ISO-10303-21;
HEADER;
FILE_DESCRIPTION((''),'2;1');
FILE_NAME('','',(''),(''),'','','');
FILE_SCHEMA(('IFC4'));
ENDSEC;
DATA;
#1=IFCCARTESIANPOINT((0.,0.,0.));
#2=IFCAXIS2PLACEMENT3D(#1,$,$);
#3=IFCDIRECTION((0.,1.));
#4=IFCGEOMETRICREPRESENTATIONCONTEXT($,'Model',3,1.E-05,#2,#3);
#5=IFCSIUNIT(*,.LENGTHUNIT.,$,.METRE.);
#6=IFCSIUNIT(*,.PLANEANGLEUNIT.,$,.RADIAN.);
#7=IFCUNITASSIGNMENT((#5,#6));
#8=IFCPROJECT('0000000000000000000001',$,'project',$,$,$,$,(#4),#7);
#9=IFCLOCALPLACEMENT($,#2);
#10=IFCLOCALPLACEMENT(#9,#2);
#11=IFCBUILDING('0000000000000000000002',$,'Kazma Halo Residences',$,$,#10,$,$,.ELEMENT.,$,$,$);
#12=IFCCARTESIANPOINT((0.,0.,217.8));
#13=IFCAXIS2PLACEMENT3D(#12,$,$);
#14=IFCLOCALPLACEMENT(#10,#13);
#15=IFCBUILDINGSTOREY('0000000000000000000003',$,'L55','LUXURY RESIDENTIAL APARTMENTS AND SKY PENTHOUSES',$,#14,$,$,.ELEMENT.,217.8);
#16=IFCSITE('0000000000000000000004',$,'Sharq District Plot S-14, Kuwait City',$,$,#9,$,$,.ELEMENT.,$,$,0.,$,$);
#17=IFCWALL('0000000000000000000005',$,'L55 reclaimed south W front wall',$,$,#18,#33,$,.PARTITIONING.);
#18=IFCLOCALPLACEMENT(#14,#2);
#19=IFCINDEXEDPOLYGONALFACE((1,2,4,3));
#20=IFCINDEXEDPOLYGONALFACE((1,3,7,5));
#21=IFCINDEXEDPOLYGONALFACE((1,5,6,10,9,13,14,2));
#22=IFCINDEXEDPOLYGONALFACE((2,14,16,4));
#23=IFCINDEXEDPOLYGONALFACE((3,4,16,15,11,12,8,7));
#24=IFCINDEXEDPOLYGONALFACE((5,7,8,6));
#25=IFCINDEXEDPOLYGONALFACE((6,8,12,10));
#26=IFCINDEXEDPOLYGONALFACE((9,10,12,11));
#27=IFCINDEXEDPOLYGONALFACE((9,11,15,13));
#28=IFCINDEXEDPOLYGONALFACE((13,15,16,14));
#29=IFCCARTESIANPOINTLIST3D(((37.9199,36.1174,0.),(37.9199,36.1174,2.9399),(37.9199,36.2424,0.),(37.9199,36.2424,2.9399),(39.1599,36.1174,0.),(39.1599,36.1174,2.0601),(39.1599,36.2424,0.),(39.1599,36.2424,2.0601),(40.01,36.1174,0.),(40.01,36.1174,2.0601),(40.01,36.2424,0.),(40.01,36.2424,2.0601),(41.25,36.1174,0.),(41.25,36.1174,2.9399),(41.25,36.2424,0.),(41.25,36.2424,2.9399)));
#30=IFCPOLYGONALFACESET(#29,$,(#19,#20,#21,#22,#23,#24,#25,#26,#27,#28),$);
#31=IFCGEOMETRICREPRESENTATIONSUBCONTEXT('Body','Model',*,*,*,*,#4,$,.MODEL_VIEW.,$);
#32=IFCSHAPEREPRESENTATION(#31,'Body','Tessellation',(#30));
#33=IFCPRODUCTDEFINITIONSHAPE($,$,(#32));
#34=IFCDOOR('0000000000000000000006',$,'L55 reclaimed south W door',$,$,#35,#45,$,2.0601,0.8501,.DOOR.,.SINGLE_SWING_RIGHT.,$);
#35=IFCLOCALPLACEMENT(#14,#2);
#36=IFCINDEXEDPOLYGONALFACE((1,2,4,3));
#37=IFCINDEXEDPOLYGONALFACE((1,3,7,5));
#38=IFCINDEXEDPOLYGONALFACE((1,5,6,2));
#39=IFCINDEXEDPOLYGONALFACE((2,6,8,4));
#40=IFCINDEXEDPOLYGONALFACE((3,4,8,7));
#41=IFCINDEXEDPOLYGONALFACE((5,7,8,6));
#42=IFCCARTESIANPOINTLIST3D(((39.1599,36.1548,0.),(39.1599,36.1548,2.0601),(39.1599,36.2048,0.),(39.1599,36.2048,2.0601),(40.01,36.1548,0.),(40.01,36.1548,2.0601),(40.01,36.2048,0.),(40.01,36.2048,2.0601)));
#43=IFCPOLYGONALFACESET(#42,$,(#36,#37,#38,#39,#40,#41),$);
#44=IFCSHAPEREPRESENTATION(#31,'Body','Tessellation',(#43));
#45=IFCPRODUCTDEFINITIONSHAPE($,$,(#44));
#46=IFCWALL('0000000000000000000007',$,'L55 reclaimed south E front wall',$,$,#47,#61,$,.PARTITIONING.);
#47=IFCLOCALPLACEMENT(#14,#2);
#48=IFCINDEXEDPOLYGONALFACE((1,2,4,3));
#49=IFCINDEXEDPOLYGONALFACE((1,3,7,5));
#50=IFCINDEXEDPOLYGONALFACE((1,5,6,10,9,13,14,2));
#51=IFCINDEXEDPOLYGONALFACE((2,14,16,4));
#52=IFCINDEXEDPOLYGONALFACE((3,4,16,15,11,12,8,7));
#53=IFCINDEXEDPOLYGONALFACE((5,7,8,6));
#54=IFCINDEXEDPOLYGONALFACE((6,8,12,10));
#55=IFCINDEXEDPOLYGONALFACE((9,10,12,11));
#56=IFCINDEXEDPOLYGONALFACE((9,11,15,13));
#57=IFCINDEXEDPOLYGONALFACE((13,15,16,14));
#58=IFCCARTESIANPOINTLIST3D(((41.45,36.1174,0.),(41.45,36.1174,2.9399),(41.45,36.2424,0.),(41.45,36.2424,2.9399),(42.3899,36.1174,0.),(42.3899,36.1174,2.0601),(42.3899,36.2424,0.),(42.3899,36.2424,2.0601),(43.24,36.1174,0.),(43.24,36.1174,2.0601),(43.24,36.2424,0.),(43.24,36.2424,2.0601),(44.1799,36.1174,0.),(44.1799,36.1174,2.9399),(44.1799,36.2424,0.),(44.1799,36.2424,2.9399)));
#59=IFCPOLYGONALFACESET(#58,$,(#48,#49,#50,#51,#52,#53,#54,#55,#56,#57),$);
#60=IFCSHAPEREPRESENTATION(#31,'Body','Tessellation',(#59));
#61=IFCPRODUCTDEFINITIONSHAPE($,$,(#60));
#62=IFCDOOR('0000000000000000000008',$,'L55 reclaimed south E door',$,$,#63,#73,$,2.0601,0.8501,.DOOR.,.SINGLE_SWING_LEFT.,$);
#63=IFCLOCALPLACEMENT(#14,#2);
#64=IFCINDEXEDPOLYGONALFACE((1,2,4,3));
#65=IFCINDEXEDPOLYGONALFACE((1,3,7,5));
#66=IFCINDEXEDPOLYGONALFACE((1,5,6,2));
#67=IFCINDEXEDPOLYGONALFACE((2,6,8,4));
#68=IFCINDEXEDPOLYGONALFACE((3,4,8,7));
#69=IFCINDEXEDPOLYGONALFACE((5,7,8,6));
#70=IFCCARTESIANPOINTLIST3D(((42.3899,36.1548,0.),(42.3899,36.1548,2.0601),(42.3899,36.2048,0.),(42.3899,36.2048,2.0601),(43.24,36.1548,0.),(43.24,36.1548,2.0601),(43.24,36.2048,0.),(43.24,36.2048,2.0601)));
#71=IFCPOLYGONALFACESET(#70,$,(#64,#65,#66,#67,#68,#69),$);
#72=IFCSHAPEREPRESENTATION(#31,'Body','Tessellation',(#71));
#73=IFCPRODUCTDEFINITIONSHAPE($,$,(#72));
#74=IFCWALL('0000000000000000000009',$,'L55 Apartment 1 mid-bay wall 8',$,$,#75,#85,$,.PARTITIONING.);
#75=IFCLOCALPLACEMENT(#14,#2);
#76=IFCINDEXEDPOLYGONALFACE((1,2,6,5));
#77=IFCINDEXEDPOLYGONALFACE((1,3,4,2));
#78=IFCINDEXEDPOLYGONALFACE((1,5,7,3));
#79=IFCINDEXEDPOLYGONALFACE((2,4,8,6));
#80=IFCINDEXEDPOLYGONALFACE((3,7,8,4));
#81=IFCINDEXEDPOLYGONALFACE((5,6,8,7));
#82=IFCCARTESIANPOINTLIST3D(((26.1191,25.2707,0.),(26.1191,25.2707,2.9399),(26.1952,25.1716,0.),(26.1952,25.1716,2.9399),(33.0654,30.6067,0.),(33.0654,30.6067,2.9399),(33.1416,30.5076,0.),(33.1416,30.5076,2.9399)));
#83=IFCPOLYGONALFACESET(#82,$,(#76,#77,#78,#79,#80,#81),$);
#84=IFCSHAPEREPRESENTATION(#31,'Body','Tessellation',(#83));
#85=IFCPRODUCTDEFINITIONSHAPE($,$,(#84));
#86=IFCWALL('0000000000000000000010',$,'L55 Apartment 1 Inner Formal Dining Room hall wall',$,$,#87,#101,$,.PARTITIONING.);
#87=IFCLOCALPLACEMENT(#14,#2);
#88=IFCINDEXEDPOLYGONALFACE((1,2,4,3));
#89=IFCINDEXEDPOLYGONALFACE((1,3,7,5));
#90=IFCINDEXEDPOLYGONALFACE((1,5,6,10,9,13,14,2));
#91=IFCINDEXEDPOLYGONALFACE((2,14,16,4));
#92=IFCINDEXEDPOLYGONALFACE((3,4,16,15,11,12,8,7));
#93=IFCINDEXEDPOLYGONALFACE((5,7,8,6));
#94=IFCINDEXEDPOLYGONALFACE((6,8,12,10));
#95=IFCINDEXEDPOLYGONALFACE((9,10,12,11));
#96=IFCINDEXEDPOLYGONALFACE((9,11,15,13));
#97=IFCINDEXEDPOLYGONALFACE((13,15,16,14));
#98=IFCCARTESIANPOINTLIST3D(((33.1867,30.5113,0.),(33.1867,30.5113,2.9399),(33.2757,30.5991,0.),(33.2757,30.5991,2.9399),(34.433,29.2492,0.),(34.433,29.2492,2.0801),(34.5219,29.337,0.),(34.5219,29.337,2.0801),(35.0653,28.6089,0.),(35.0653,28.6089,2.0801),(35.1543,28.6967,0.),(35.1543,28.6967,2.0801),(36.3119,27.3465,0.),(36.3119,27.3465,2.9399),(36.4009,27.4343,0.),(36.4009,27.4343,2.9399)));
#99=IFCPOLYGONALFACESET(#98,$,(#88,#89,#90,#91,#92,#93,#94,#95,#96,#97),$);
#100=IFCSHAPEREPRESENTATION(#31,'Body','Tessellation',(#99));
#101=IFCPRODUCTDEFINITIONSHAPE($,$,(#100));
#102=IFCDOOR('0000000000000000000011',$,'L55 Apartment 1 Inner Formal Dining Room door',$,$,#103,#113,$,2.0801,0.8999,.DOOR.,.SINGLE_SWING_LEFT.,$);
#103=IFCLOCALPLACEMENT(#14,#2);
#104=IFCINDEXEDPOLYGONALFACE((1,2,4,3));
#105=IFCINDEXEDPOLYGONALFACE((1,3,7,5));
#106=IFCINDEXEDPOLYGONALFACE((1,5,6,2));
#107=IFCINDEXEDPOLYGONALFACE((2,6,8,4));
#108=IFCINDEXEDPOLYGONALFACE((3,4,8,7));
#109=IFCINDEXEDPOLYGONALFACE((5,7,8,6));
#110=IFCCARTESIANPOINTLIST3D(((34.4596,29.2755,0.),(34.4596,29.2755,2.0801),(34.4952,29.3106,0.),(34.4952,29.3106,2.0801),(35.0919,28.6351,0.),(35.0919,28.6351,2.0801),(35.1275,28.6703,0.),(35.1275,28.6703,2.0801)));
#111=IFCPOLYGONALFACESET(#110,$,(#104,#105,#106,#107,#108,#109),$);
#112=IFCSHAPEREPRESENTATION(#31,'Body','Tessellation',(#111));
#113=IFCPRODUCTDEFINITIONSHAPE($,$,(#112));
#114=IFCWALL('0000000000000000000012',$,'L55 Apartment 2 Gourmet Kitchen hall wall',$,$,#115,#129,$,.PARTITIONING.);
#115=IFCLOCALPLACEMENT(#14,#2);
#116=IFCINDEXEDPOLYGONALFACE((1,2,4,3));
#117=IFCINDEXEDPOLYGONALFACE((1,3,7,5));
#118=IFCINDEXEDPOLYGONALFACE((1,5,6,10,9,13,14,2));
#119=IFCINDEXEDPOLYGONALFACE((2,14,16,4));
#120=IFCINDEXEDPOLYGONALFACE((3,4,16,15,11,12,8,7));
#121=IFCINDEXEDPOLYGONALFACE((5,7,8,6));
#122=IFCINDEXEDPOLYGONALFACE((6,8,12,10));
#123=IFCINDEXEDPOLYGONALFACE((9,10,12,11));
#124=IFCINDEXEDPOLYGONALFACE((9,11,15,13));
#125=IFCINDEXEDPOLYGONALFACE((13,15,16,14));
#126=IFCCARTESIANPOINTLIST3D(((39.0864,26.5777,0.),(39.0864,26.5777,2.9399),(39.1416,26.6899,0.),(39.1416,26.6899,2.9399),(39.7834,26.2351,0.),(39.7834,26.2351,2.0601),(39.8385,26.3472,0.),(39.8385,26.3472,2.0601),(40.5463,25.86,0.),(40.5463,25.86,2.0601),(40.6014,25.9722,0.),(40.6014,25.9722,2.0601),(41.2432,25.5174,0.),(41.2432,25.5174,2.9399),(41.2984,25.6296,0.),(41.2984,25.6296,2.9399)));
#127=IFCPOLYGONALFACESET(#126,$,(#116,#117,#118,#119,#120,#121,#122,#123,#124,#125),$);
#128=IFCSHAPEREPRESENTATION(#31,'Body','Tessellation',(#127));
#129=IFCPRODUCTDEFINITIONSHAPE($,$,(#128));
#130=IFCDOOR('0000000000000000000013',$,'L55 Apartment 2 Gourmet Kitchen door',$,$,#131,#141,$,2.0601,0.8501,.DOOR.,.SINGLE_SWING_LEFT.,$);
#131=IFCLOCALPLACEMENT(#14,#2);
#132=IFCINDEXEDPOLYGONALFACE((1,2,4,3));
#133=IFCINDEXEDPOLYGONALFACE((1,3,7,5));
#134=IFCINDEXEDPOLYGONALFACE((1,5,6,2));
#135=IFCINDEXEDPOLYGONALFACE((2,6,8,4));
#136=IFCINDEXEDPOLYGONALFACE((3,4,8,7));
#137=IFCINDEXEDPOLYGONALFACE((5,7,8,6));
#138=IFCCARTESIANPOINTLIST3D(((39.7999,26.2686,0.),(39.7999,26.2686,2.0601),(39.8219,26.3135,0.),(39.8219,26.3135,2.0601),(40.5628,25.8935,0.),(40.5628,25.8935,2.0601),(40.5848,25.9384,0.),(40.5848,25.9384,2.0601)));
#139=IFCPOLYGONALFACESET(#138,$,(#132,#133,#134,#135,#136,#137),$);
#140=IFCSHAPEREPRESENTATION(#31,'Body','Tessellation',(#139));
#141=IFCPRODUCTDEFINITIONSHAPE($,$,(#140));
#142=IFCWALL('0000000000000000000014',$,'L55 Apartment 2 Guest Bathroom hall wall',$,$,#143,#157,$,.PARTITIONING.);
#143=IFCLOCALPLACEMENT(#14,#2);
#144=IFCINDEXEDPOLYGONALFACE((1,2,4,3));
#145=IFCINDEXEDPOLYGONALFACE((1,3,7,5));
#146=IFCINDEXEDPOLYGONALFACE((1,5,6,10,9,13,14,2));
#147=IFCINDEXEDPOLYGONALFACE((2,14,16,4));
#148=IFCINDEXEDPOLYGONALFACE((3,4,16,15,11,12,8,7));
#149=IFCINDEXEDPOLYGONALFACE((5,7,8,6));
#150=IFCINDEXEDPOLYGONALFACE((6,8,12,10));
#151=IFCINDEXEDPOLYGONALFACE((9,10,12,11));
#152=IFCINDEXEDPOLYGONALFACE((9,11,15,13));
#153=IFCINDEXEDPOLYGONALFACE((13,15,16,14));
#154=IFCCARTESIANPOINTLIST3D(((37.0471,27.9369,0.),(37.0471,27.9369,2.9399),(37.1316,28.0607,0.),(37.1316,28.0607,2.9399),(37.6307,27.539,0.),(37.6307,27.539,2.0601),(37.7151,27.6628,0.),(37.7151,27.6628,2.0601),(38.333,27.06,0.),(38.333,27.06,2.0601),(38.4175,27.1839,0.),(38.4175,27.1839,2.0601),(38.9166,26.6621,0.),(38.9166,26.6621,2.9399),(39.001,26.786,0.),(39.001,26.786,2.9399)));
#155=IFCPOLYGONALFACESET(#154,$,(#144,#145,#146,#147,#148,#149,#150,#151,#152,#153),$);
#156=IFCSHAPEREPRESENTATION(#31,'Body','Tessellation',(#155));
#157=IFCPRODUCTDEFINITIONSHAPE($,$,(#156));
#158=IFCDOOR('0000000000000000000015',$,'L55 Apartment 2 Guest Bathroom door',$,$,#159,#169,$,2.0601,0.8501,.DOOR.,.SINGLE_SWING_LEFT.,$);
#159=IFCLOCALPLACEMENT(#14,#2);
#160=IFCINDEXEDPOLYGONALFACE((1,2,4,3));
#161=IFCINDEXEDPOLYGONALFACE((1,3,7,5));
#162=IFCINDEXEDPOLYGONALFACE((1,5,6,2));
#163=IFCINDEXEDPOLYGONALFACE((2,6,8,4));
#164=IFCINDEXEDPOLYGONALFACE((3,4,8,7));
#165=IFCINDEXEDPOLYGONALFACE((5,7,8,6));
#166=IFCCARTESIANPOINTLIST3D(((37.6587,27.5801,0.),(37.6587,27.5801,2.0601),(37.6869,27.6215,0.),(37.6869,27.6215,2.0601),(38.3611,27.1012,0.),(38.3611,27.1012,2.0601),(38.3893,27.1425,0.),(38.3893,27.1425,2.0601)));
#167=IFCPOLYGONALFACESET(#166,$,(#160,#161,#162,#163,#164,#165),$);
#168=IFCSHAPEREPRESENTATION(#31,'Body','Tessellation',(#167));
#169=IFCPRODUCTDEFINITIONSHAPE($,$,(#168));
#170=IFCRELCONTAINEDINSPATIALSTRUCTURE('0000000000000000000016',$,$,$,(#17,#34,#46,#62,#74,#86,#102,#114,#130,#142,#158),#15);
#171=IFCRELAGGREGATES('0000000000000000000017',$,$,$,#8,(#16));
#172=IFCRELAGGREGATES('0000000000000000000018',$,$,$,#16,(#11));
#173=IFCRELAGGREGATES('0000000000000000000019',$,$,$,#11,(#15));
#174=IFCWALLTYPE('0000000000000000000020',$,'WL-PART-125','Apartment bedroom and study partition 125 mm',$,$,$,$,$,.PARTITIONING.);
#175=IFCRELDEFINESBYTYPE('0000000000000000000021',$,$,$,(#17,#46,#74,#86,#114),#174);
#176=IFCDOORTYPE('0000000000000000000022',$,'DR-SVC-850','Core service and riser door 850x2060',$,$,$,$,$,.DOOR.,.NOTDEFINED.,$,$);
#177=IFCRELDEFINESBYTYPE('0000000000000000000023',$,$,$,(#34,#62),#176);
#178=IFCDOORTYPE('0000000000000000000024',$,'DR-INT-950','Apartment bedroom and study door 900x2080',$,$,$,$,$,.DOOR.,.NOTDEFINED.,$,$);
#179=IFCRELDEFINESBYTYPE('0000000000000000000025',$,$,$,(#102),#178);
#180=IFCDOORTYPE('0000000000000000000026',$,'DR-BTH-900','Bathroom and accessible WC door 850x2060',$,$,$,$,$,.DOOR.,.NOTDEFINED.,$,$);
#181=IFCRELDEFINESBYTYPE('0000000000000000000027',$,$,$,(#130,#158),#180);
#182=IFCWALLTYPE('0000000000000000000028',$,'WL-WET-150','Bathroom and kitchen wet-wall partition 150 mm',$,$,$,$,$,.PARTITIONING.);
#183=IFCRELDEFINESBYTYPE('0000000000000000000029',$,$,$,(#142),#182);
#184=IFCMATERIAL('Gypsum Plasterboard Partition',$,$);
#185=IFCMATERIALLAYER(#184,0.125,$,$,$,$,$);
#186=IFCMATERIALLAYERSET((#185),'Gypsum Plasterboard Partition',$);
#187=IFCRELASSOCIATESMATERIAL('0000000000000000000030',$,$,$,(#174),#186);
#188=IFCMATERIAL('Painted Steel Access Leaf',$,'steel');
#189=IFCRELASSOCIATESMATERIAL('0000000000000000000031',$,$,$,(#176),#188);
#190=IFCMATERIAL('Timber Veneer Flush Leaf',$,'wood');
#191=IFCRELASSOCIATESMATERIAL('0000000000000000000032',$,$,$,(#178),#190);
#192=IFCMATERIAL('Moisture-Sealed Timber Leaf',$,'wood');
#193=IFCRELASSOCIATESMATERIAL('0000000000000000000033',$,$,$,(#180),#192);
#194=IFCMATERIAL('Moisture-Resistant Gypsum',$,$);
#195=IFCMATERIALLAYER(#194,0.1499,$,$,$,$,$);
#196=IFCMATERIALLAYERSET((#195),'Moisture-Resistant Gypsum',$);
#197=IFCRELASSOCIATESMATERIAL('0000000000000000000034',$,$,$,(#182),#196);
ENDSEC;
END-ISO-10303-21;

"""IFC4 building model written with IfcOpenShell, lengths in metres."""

from ifc_helpers import new_model, si_unit, direction, frame, frame_2d, origin, place, context, subcontext, project, spatial, rectangle, extrude, material, layer, layer_set, type_object, element, fill, save


model = new_model("IFC4")

# Units and contexts
model_context = context("Model", 3, precision=1e-05, world=origin(), true_north=direction((0.0, 1.0)))
body_context = subcontext(model_context, "Body", "Model", "MODEL_VIEW")
ifc_project = project(units=[si_unit("LENGTHUNIT", "METRE"), si_unit("PLANEANGLEUNIT", "RADIAN")], contexts=[model_context])

# Site, building, storey
site_placement = place(None, origin())
site = spatial("IfcSite", under=ifc_project, at=site_placement, Name="Sharq District Plot S-14, Kuwait City", CompositionType="ELEMENT", RefElevation=0.0)
building_placement = place(site_placement, origin())
building = spatial("IfcBuilding", under=site, at=building_placement, Name="Kazma Halo Residences", CompositionType="ELEMENT")
storey_placement = place(building_placement, frame((0.0, 0.0, 217.8)))
storey = spatial("IfcBuildingStorey", under=building, at=storey_placement, Name="L55", Description="LUXURY RESIDENTIAL APARTMENTS AND SKY PENTHOUSES", CompositionType="ELEMENT", Elevation=217.8)

# Shared definitions
ifc_material_1 = material(Name="Gypsum Plasterboard Partition")
ifc_layer_1 = layer(ifc_material_1, 0.125)
ifc_layer_set_1 = layer_set([ifc_layer_1], Name="Gypsum Plasterboard Partition")
wall_type_1 = type_object("IfcWallType", Name="WL-PART-125", Description="Apartment bedroom and study partition 125 mm", PredefinedType="PARTITIONING", material=ifc_layer_set_1)

# Walls, openings, doors
wall_1_placement = place(storey_placement, frame((37.9199, 36.1799, 0.0), z_axis=(0.0, 0.0, 1.0), x_axis=(1.0, 0.0, 0.0)))
wall_1 = element("IfcWall", 1, at=wall_1_placement, inside=storey, type_object=wall_type_1, Name="L55 reclaimed south W front wall", PredefinedType="PARTITIONING", context=body_context, shape_type="SweptSolid", body=[
    extrude(rectangle(XDim=3.3301, YDim=0.125, at=frame_2d((1.665, 0.0))), origin(), (0.0, 0.0, 1.0), 2.9399),
])
opening_1_placement = place(wall_1_placement, frame((1.24, 0.0, 0.0)))
opening_1 = element("IfcOpeningElement", 2, at=opening_1_placement, cuts=wall_1, PredefinedType="OPENING", context=body_context, shape_type="SweptSolid", body=[
    extrude(rectangle(XDim=0.8501, YDim=2.0601, at=frame_2d((0.425, 1.03))), frame((0.0, 0.0725, 0.0), z_axis=(0.0, -1.0, 0.0), x_axis=(1.0, 0.0, 0.0)), (0.0, 0.0, 1.0), 0.145),
])
ifc_material_2 = material(Name="Painted Steel Access Leaf", Category="steel")
door_type_1 = type_object("IfcDoorType", Name="DR-SVC-850", Description="Core service and riser door 850x2060", OperationType="NOTDEFINED", PredefinedType="DOOR", material=ifc_material_2)
door_1_placement = place(opening_1_placement, origin())
door_1 = element("IfcDoor", 3, at=door_1_placement, inside=storey, type_object=door_type_1, Name="L55 reclaimed south W door", OperationType="SINGLE_SWING_RIGHT", OverallHeight=2.0601, OverallWidth=0.8501, PredefinedType="DOOR", context=body_context, shape_type="SweptSolid", body=[
    extrude(rectangle(XDim=0.8501, YDim=2.0601, at=frame_2d((0.425, 1.03))), frame((0.0, 0.0249, 0.0), z_axis=(0.0, -1.0, 0.0), x_axis=(1.0, 0.0, 0.0)), (0.0, 0.0, 1.0), 0.05),
])
fill(opening_1, door_1)
wall_2_placement = place(storey_placement, frame((41.45, 36.1799, 0.0), z_axis=(0.0, 0.0, 1.0), x_axis=(1.0, 0.0, 0.0)))
wall_2 = element("IfcWall", 4, at=wall_2_placement, inside=storey, type_object=wall_type_1, Name="L55 reclaimed south E front wall", PredefinedType="PARTITIONING", context=body_context, shape_type="SweptSolid", body=[
    extrude(rectangle(XDim=2.73, YDim=0.125, at=frame_2d((1.365, 0.0))), origin(), (0.0, 0.0, 1.0), 2.9399),
])
opening_2_placement = place(wall_2_placement, frame((0.9399, 0.0, 0.0)))
opening_2 = element("IfcOpeningElement", 5, at=opening_2_placement, cuts=wall_2, PredefinedType="OPENING", context=body_context, shape_type="SweptSolid", body=[
    extrude(rectangle(XDim=0.8501, YDim=2.0601, at=frame_2d((0.425, 1.03))), frame((0.0, 0.0725, 0.0), z_axis=(0.0, -1.0, 0.0), x_axis=(1.0, 0.0, 0.0)), (0.0, 0.0, 1.0), 0.145),
])
door_2_placement = place(opening_2_placement, origin())
door_2 = element("IfcDoor", 6, at=door_2_placement, inside=storey, type_object=door_type_1, Name="L55 reclaimed south E door", OperationType="SINGLE_SWING_LEFT", OverallHeight=2.0601, OverallWidth=0.8501, PredefinedType="DOOR", context=body_context, shape_type="SweptSolid", body=[
    extrude(rectangle(XDim=0.8501, YDim=2.0601, at=frame_2d((0.425, 1.03))), frame((0.0, 0.0249, 0.0), z_axis=(0.0, -1.0, 0.0), x_axis=(1.0, 0.0, 0.0)), (0.0, 0.0, 1.0), 0.05),
])
fill(opening_2, door_2)

# Wall
wall_3_placement = place(storey_placement, frame((33.1035, 30.5571, 0.0), z_axis=(0.0, 0.0, 1.0), x_axis=(-0.79303, -0.609183, 0.0)))
element("IfcWall", 7, at=wall_3_placement, inside=storey, type_object=wall_type_1, Name="L55 Apartment 1 mid-bay wall 8", PredefinedType="PARTITIONING", context=body_context, shape_type="SweptSolid", body=[
    extrude(rectangle(XDim=8.7593, YDim=0.125, at=frame_2d((4.3796, 0.0))), origin(), (0.0, 0.0, 1.0), 2.9399),
])

# Walls, openings, doors
wall_4_placement = place(storey_placement, frame((33.2312, 30.5552, 0.0), z_axis=(0.0, 0.0, 1.0), x_axis=(0.702647, -0.711539, 0.0)))
wall_4 = element("IfcWall", 8, at=wall_4_placement, inside=storey, type_object=wall_type_1, Name="L55 Apartment 1 Inner Formal Dining Room hall wall", PredefinedType="PARTITIONING", context=body_context, shape_type="SweptSolid", body=[
    extrude(rectangle(XDim=4.4478, YDim=0.125, at=frame_2d((2.2239, 0.0))), origin(), (0.0, 0.0, 1.0), 2.9399),
])
opening_3_placement = place(wall_4_placement, frame((1.7737, 0.0, 0.0)))
opening_3 = element("IfcOpeningElement", 9, at=opening_3_placement, cuts=wall_4, PredefinedType="OPENING", context=body_context, shape_type="SweptSolid", body=[
    extrude(rectangle(XDim=0.8999, YDim=2.0801, at=frame_2d((0.45, 1.04))), frame((0.0, 0.0725, 0.0), z_axis=(0.0, -1.0, 0.0), x_axis=(1.0, 0.0, 0.0)), (0.0, 0.0, 1.0), 0.145),
])
ifc_material_3 = material(Name="Timber Veneer Flush Leaf", Category="wood")
door_type_2 = type_object("IfcDoorType", Name="DR-INT-950", Description="Apartment bedroom and study door 900x2080", OperationType="NOTDEFINED", PredefinedType="DOOR", material=ifc_material_3)
door_3_placement = place(opening_3_placement, origin())
door_3 = element("IfcDoor", 10, at=door_3_placement, inside=storey, type_object=door_type_2, Name="L55 Apartment 1 Inner Formal Dining Room door", OperationType="SINGLE_SWING_LEFT", OverallHeight=2.0801, OverallWidth=0.8999, PredefinedType="DOOR", context=body_context, shape_type="SweptSolid", body=[
    extrude(rectangle(XDim=0.8999, YDim=2.0801, at=frame_2d((0.45, 1.04))), frame((0.0, 0.0249, 0.0), z_axis=(0.0, -1.0, 0.0), x_axis=(1.0, 0.0, 0.0)), (0.0, 0.0, 1.0), 0.05),
])
fill(opening_3, door_3)
wall_5_placement = place(storey_placement, frame((39.114, 26.6338, 0.0), z_axis=(0.0, 0.0, 1.0), x_axis=(0.897414, -0.44119, 0.0)))
wall_5 = element("IfcWall", 11, at=wall_5_placement, inside=storey, type_object=wall_type_1, Name="L55 Apartment 2 Gourmet Kitchen hall wall", PredefinedType="PARTITIONING", context=body_context, shape_type="SweptSolid", body=[
    extrude(rectangle(XDim=2.4033, YDim=0.125, at=frame_2d((1.2017, 0.0))), origin(), (0.0, 0.0, 1.0), 2.9399),
])
opening_4_placement = place(wall_5_placement, frame((0.7766, 0.0, 0.0)))
opening_4 = element("IfcOpeningElement", 12, at=opening_4_placement, cuts=wall_5, PredefinedType="OPENING", context=body_context, shape_type="SweptSolid", body=[
    extrude(rectangle(XDim=0.8501, YDim=2.0601, at=frame_2d((0.425, 1.03))), frame((0.0, 0.0725, 0.0), z_axis=(0.0, -1.0, 0.0), x_axis=(1.0, 0.0, 0.0)), (0.0, 0.0, 1.0), 0.145),
])
ifc_material_4 = material(Name="Moisture-Sealed Timber Leaf", Category="wood")
door_type_3 = type_object("IfcDoorType", Name="DR-BTH-900", Description="Bathroom and accessible WC door 850x2060", OperationType="NOTDEFINED", PredefinedType="DOOR", material=ifc_material_4)
door_4_placement = place(opening_4_placement, origin())
door_4 = element("IfcDoor", 13, at=door_4_placement, inside=storey, type_object=door_type_3, Name="L55 Apartment 2 Gourmet Kitchen door", OperationType="SINGLE_SWING_LEFT", OverallHeight=2.0601, OverallWidth=0.8501, PredefinedType="DOOR", context=body_context, shape_type="SweptSolid", body=[
    extrude(rectangle(XDim=0.8501, YDim=2.0601, at=frame_2d((0.425, 1.03))), frame((0.0, 0.0249, 0.0), z_axis=(0.0, -1.0, 0.0), x_axis=(1.0, 0.0, 0.0)), (0.0, 0.0, 1.0), 0.05),
])
fill(opening_4, door_4)
ifc_material_5 = material(Name="Moisture-Resistant Gypsum")
ifc_layer_2 = layer(ifc_material_5, 0.1499)
ifc_layer_set_2 = layer_set([ifc_layer_2], Name="Moisture-Resistant Gypsum")
wall_type_2 = type_object("IfcWallType", Name="WL-WET-150", Description="Bathroom and kitchen wet-wall partition 150 mm", PredefinedType="PARTITIONING", material=ifc_layer_set_2)
wall_6_placement = place(storey_placement, frame((37.0894, 27.9988, 0.0), z_axis=(0.0, 0.0, 1.0), x_axis=(0.826211, -0.56336, 0.0)))
wall_6 = element("IfcWall", 14, at=wall_6_placement, inside=storey, type_object=wall_type_2, Name="L55 Apartment 2 Guest Bathroom hall wall", PredefinedType="PARTITIONING", context=body_context, shape_type="SweptSolid", body=[
    extrude(rectangle(XDim=2.2627, YDim=0.1499, at=frame_2d((1.1313, 0.0))), origin(), (0.0, 0.0, 1.0), 2.9399),
])
opening_5_placement = place(wall_6_placement, frame((0.7063, 0.0, 0.0)))
opening_5 = element("IfcOpeningElement", 15, at=opening_5_placement, cuts=wall_6, PredefinedType="OPENING", context=body_context, shape_type="SweptSolid", body=[
    extrude(rectangle(XDim=0.8501, YDim=2.0601, at=frame_2d((0.425, 1.03))), frame((0.0, 0.085, 0.0), z_axis=(0.0, -1.0, 0.0), x_axis=(1.0, 0.0, 0.0)), (0.0, 0.0, 1.0), 0.1699),
])
door_5_placement = place(opening_5_placement, origin())
door_5 = element("IfcDoor", 16, at=door_5_placement, inside=storey, type_object=door_type_3, Name="L55 Apartment 2 Guest Bathroom door", OperationType="SINGLE_SWING_LEFT", OverallHeight=2.0601, OverallWidth=0.8501, PredefinedType="DOOR", context=body_context, shape_type="SweptSolid", body=[
    extrude(rectangle(XDim=0.8501, YDim=2.0601, at=frame_2d((0.425, 1.03))), frame((0.0, 0.0249, 0.0), z_axis=(0.0, -1.0, 0.0), x_axis=(1.0, 0.0, 0.0)), (0.0, 0.0, 1.0), 0.05),
])
fill(opening_5, door_5)

save(model, "model.ifc")
